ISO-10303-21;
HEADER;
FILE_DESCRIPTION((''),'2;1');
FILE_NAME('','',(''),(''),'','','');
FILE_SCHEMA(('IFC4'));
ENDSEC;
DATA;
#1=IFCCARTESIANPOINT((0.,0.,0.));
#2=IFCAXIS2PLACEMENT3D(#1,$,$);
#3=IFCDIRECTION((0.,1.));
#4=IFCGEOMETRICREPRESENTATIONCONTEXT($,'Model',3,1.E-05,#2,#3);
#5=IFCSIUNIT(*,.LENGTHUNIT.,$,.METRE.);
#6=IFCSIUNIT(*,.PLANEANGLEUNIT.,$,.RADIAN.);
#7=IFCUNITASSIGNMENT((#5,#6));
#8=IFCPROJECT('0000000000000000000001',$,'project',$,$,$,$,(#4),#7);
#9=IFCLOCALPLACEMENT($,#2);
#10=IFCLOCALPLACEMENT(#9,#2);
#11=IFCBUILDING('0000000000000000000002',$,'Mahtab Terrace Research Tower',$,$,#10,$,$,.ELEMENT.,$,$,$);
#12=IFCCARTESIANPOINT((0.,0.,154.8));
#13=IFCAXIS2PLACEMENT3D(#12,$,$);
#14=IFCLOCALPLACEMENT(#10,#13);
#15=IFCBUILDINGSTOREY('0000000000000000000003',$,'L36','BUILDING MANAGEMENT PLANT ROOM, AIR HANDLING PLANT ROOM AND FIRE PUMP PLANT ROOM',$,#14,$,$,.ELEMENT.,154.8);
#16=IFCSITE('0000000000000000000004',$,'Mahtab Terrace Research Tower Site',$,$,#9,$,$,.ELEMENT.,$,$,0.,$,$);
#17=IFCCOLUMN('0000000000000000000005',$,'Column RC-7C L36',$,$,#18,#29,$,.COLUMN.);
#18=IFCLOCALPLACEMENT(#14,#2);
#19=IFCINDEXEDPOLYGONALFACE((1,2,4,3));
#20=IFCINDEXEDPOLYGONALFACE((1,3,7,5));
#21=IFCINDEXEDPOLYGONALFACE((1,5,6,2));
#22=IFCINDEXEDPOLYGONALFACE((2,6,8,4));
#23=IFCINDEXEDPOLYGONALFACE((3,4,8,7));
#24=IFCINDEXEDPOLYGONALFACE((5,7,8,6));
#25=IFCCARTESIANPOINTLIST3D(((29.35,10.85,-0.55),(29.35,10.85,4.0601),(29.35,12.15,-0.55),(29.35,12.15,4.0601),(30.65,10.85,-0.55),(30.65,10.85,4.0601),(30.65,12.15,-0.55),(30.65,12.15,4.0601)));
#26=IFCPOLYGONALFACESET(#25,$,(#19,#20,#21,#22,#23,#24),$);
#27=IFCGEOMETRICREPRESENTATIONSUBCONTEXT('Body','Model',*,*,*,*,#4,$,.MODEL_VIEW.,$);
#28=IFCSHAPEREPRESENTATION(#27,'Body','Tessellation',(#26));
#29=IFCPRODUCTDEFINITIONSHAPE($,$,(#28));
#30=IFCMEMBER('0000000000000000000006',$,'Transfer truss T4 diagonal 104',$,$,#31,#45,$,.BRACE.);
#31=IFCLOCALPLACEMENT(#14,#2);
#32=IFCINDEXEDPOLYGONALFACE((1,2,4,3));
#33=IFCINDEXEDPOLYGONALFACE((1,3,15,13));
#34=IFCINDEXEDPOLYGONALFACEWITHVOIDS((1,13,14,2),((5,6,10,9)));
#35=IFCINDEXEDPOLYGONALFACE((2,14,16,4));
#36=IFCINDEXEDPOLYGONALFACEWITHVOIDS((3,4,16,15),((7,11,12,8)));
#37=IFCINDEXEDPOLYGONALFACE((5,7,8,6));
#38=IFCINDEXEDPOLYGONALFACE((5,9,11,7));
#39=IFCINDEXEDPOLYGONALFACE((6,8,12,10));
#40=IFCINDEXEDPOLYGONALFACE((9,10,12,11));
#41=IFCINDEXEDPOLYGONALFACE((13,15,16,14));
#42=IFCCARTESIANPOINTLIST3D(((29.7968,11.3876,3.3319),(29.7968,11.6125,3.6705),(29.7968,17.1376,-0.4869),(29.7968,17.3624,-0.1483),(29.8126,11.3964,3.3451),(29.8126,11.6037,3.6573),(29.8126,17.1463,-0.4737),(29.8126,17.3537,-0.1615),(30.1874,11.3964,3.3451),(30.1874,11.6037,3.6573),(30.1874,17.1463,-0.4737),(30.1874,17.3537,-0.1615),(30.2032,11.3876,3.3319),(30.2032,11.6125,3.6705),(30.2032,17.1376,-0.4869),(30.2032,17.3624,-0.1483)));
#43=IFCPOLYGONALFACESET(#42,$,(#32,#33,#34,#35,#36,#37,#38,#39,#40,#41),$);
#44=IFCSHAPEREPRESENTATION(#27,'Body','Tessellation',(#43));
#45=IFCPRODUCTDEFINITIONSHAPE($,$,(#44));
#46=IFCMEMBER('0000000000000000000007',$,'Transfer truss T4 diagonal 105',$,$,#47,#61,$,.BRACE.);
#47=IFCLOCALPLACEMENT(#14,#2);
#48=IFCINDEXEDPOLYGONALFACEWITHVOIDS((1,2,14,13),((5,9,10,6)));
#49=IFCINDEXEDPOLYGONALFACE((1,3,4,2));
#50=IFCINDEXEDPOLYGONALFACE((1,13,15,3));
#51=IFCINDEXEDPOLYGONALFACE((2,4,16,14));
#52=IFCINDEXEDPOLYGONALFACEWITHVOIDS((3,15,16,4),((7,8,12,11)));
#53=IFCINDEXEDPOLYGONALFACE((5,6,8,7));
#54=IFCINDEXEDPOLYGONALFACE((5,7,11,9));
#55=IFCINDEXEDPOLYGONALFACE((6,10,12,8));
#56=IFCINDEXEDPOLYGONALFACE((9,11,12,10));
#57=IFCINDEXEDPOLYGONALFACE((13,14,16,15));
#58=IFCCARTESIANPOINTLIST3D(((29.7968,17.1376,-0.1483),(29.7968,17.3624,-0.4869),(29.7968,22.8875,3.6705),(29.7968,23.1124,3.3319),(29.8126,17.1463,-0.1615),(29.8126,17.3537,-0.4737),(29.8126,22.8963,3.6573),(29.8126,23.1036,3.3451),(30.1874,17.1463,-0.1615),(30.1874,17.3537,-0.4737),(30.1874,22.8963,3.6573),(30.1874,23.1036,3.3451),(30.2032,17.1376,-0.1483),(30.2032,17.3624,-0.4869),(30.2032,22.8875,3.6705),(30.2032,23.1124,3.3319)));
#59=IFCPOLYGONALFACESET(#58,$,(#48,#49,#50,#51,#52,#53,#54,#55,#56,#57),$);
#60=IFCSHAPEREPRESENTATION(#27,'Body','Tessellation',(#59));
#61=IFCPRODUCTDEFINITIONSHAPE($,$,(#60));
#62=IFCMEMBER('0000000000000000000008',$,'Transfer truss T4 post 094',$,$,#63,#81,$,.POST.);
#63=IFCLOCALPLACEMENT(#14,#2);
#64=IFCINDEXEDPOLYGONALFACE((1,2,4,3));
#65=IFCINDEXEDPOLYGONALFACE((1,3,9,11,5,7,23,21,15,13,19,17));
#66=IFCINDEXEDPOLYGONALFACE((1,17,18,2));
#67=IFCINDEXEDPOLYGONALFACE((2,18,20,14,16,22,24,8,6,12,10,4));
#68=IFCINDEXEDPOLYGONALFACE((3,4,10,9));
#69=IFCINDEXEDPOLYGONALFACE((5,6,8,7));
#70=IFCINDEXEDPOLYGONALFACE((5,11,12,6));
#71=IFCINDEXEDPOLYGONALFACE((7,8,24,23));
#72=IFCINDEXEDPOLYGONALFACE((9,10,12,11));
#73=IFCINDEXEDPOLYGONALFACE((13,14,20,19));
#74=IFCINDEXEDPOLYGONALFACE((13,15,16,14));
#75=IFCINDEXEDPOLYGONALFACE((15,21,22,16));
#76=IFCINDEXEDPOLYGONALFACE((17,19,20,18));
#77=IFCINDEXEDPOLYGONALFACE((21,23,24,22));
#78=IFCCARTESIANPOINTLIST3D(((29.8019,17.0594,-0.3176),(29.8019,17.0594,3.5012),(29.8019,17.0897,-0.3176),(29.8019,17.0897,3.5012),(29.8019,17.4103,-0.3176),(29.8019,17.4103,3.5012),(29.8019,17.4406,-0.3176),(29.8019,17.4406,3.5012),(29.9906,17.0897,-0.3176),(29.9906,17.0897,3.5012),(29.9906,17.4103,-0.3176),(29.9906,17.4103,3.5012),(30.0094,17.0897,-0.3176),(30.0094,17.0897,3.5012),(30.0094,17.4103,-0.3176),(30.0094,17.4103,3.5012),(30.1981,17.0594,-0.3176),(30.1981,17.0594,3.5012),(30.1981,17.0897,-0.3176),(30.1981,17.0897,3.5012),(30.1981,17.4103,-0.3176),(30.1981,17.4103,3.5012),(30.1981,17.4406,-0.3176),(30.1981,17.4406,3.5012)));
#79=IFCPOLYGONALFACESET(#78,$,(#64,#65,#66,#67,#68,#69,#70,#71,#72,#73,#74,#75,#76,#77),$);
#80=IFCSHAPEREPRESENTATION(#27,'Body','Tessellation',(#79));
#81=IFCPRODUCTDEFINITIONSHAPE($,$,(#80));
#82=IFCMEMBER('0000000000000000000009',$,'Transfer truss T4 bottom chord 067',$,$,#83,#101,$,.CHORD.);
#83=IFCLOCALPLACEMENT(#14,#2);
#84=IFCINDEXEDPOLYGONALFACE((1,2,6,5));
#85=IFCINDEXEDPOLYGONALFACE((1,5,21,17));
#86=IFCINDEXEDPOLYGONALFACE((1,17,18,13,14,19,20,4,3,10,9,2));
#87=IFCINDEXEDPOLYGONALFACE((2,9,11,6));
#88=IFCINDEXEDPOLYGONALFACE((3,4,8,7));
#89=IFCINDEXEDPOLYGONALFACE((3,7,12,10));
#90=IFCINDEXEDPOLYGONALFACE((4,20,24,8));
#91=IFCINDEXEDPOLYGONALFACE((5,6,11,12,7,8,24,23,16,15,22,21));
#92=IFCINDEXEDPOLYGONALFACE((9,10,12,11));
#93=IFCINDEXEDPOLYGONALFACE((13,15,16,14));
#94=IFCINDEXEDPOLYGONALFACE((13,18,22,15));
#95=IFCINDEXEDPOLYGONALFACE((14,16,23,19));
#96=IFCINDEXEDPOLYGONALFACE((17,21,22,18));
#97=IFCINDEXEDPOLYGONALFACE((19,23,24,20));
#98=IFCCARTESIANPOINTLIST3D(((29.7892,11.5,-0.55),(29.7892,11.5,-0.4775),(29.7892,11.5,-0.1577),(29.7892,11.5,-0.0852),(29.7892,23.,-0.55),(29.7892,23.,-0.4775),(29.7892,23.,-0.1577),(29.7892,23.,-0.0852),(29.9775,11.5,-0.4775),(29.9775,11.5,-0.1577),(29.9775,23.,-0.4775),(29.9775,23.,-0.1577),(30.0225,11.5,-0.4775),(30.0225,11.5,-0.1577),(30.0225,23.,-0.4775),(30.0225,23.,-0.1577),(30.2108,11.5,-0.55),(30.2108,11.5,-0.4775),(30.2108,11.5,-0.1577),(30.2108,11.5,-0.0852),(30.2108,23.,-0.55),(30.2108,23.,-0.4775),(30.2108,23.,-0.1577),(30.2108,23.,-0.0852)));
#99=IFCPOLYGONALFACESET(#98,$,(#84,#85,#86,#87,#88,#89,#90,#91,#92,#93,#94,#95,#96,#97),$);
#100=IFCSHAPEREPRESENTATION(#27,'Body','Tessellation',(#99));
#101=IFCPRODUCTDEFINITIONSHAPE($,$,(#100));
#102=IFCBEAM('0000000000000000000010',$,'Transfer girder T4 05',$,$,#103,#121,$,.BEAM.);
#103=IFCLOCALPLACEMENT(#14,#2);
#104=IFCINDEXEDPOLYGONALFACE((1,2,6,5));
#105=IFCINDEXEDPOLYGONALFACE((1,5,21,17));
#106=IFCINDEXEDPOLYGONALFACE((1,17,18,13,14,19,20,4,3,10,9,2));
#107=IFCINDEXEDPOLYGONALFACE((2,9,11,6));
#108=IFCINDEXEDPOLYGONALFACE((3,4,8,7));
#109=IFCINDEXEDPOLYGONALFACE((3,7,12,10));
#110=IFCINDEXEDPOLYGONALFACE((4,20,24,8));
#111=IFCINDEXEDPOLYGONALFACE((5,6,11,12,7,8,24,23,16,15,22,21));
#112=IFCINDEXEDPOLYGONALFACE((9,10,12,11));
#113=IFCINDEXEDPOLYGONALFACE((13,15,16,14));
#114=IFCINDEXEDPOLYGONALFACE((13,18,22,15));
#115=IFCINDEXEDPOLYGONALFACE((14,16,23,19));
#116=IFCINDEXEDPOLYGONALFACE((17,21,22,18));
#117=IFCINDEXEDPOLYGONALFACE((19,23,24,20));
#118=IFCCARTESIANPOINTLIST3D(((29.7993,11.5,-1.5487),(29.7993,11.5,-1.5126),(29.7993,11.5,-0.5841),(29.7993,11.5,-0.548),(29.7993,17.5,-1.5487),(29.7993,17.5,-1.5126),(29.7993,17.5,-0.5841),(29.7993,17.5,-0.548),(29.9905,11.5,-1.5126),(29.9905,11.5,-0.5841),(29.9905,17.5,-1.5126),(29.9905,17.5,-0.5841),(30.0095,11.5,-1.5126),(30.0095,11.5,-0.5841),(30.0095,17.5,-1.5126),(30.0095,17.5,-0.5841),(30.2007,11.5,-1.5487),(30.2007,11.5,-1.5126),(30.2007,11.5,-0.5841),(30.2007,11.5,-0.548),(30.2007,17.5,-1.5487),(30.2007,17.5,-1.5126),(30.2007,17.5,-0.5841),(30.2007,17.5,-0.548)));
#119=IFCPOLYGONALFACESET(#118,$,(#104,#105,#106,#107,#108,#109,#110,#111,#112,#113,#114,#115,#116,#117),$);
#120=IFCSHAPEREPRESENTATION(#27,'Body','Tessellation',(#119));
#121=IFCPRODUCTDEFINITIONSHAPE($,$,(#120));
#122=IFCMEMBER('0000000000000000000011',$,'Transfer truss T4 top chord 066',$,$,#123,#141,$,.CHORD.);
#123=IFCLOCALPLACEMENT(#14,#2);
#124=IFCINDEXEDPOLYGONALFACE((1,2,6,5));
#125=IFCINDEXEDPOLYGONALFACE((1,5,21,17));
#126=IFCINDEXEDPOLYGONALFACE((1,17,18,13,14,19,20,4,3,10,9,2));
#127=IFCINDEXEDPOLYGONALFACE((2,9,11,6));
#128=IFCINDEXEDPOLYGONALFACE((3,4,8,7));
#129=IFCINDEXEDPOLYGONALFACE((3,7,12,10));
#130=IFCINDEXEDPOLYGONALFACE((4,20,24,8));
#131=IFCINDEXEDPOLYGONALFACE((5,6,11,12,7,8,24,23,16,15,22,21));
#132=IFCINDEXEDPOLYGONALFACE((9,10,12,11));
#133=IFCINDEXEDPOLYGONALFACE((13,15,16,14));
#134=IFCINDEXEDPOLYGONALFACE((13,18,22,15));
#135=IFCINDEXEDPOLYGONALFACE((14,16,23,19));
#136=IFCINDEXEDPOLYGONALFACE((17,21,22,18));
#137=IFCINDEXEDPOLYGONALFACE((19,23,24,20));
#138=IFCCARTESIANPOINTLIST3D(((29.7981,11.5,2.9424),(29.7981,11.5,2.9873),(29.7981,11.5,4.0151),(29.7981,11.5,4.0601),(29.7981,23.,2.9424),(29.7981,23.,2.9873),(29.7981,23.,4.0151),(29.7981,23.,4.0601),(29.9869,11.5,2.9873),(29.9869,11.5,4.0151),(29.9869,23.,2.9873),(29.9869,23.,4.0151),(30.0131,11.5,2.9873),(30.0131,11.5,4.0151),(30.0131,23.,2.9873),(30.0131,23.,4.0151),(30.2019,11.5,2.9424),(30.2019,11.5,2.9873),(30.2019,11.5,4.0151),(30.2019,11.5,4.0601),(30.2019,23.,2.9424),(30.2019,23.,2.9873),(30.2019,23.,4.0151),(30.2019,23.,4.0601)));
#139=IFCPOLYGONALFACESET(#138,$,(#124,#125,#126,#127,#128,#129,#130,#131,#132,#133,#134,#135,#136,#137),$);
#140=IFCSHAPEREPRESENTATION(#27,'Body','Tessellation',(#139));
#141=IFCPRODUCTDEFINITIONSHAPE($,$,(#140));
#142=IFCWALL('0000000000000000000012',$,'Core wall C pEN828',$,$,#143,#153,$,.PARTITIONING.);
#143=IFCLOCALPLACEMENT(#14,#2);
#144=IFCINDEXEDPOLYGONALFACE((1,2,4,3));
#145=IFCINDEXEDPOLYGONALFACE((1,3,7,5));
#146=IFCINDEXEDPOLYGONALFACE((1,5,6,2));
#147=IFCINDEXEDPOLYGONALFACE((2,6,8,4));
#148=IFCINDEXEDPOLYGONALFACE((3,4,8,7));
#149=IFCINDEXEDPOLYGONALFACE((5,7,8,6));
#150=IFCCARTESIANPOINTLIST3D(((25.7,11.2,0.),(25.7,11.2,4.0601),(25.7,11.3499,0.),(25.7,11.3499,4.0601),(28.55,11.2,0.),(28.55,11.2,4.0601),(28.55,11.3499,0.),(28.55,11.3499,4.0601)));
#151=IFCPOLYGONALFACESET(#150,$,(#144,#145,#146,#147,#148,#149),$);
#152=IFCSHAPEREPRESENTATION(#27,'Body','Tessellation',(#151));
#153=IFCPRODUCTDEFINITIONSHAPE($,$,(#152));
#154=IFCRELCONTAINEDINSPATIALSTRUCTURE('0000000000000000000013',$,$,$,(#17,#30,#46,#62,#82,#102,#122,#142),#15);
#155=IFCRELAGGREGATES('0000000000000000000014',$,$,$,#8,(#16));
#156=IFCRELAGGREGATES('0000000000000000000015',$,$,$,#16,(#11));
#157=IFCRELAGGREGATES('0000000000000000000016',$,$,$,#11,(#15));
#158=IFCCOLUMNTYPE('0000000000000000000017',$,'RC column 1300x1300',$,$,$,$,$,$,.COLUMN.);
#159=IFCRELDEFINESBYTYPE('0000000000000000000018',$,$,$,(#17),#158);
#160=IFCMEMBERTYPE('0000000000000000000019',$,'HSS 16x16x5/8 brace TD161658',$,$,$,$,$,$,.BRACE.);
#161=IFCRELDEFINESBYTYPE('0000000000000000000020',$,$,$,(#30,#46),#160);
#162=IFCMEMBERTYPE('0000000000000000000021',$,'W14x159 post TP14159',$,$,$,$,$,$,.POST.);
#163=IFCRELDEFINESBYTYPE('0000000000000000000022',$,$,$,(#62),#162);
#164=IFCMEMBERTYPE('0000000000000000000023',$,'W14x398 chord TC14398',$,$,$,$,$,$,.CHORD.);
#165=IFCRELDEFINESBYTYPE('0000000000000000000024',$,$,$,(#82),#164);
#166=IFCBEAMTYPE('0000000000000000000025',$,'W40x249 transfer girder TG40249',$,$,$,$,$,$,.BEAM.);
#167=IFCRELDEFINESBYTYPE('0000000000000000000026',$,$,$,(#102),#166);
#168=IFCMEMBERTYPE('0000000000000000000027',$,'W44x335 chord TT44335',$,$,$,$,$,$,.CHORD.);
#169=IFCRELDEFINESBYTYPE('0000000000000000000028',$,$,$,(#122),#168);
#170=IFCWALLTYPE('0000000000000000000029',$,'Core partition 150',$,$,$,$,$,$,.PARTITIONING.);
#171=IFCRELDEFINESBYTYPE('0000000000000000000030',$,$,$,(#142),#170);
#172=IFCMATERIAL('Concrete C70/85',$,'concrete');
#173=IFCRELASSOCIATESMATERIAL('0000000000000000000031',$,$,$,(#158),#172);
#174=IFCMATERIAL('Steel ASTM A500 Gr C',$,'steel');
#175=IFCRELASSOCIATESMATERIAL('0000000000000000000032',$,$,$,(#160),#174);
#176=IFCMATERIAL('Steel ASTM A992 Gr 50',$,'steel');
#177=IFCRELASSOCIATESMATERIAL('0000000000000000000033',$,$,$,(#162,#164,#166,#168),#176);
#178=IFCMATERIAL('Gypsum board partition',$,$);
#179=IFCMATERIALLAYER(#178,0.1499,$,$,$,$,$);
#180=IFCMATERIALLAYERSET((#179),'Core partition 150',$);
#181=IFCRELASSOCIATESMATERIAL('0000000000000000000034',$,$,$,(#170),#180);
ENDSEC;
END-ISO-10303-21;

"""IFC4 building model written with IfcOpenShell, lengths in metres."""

from ifc_helpers import new_model, si_unit, direction, frame, frame_2d, origin, origin_2d, place, context, subcontext, project, spatial, rectangle, hollow_rectangle, i_section, extrude, material, layer, layer_set, material_profile, profile_set, type_object, element, save


model = new_model("IFC4")

# Units and contexts
model_context = context("Model", 3, precision=1e-05, world=origin(), true_north=direction((0.0, 1.0)))
body_context = subcontext(model_context, "Body", "Model", "MODEL_VIEW")
ifc_project = project(units=[si_unit("LENGTHUNIT", "METRE"), si_unit("PLANEANGLEUNIT", "RADIAN")], contexts=[model_context])

# Site, building, storey
site_placement = place(None, origin())
site = spatial("IfcSite", under=ifc_project, at=site_placement, Name="Mahtab Terrace Research Tower Site", CompositionType="ELEMENT", RefElevation=0.0)
building_placement = place(site_placement, origin())
building = spatial("IfcBuilding", under=site, at=building_placement, Name="Mahtab Terrace Research Tower", CompositionType="ELEMENT")
storey_placement = place(building_placement, frame((0.0, 0.0, 154.8)))
storey = spatial("IfcBuildingStorey", under=building, at=storey_placement, Name="L36", Description="BUILDING MANAGEMENT PLANT ROOM, AIR HANDLING PLANT ROOM AND FIRE PUMP PLANT ROOM", CompositionType="ELEMENT", Elevation=154.8)

# Column
ifc_material_1 = material(Name="Concrete C70/85", Category="concrete")
ifc_material_profile_1 = material_profile(ifc_material_1, rectangle(XDim=1.3, YDim=1.3, at=origin_2d()), Name="RC column 1300x1300")
ifc_profile_set_1 = profile_set([ifc_material_profile_1], Name="Concrete C70/85")
column_type = type_object("IfcColumnType", Name="RC column 1300x1300", PredefinedType="COLUMN", material=ifc_profile_set_1)
column_placement = place(storey_placement, frame((30.0, 11.5, -0.55), z_axis=(0.0, 0.0, 1.0), x_axis=(1.0, 0.0, 0.0)))
element("IfcColumn", 1, at=column_placement, inside=storey, type_object=column_type, Name="Column RC-7C L36", PredefinedType="COLUMN", context=body_context, shape_type="SweptSolid", body=[
    extrude(rectangle(XDim=1.3, YDim=1.3, at=origin_2d()), origin(), (0.0, 0.0, 1.0), 4.6101),
])

# Members
ifc_material_2 = material(Name="Steel ASTM A500 Gr C", Category="steel")
ifc_material_profile_2 = material_profile(ifc_material_2, hollow_rectangle(XDim=0.4065, YDim=0.4065, WallThickness=0.0159, at=origin_2d()), Name="HSS16X16X5/8")
ifc_profile_set_2 = profile_set([ifc_material_profile_2], Name="Steel ASTM A500 Gr C")
member_type_1 = type_object("IfcMemberType", Name="HSS 16x16x5/8 brace TD161658", PredefinedType="BRACE", material=ifc_profile_set_2)
for number, where, z_axis, x_axis, name in (
    (2, (30.0, 17.25, -0.3176), (0.0, -0.833018, 0.553246), (1.0, 0.0, 0.0), "Transfer truss T4 diagonal 104"),
    (3, (30.0, 17.25, -0.3176), (0.0, 0.833018, 0.553246), (-1.0, 0.0, 0.0), "Transfer truss T4 diagonal 105"),
):
    element("IfcMember", number, at=place(storey_placement, frame(where, z_axis=z_axis, x_axis=x_axis)), inside=storey, type_object=member_type_1, Name=name, PredefinedType="BRACE", context=body_context, shape_type="SweptSolid", body=[
        extrude(hollow_rectangle(XDim=0.4065, YDim=0.4065, WallThickness=0.0159, at=origin_2d()), origin(), (0.0, 0.0, 1.0), 6.9026),
    ])
ifc_material_3 = material(Name="Steel ASTM A992 Gr 50", Category="steel")
ifc_material_profile_3 = material_profile(ifc_material_3, i_section(OverallWidth=0.3962, OverallDepth=0.3811, WebThickness=0.0188, FlangeThickness=0.0303, at=origin_2d()), Name="W14X159")
ifc_profile_set_3 = profile_set([ifc_material_profile_3], Name="Steel ASTM A992 Gr 50")
member_type_2 = type_object("IfcMemberType", Name="W14x159 post TP14159", PredefinedType="POST", material=ifc_profile_set_3)
member_1_placement = place(storey_placement, frame((30.0, 17.25, -0.3176), z_axis=(0.0, 0.0, 1.0), x_axis=(1.0, 0.0, 0.0)))
element("IfcMember", 4, at=member_1_placement, inside=storey, type_object=member_type_2, Name="Transfer truss T4 post 094", PredefinedType="POST", context=body_context, shape_type="SweptSolid", body=[
    extrude(i_section(OverallWidth=0.3962, OverallDepth=0.3811, WebThickness=0.0188, FlangeThickness=0.0303, at=origin_2d()), origin(), (0.0, 0.0, 1.0), 3.8188),
])
ifc_material_profile_4 = material_profile(ifc_material_3, i_section(OverallWidth=0.4216, OverallDepth=0.4648, WebThickness=0.0449, FlangeThickness=0.0725, at=origin_2d()), Name="W14X398")
ifc_profile_set_4 = profile_set([ifc_material_profile_4], Name="Steel ASTM A992 Gr 50")
member_type_3 = type_object("IfcMemberType", Name="W14x398 chord TC14398", PredefinedType="CHORD", material=ifc_profile_set_4)
member_2_placement = place(storey_placement, frame((30.0, 11.5, -0.3176), z_axis=(0.0, 1.0, 0.0), x_axis=(-1.0, 0.0, 0.0)))
element("IfcMember", 5, at=member_2_placement, inside=storey, type_object=member_type_3, Name="Transfer truss T4 bottom chord 067", PredefinedType="CHORD", context=body_context, shape_type="SweptSolid", body=[
    extrude(i_section(OverallWidth=0.4216, OverallDepth=0.4648, WebThickness=0.0449, FlangeThickness=0.0725, at=origin_2d()), origin(), (0.0, 0.0, 1.0), 11.5),
])

# Beam
ifc_material_profile_5 = material_profile(ifc_material_3, i_section(OverallWidth=0.4014, OverallDepth=1.0007, WebThickness=0.019, FlangeThickness=0.0361, at=origin_2d()), Name="W40X249")
ifc_profile_set_5 = profile_set([ifc_material_profile_5], Name="Steel ASTM A992 Gr 50")
beam_type = type_object("IfcBeamType", Name="W40x249 transfer girder TG40249", PredefinedType="BEAM", material=ifc_profile_set_5)
beam_placement = place(storey_placement, frame((30.0, 11.5, -1.0483), z_axis=(0.0, 1.0, 0.0), x_axis=(-1.0, 0.0, 0.0)))
element("IfcBeam", 6, at=beam_placement, inside=storey, type_object=beam_type, Name="Transfer girder T4 05", PredefinedType="BEAM", context=body_context, shape_type="SweptSolid", body=[
    extrude(i_section(OverallWidth=0.4014, OverallDepth=1.0007, WebThickness=0.019, FlangeThickness=0.0361, at=origin_2d()), origin(), (0.0, 0.0, 1.0), 6.0),
])

# Member
ifc_material_profile_6 = material_profile(ifc_material_3, i_section(OverallWidth=0.4038, OverallDepth=1.1177, WebThickness=0.0261, FlangeThickness=0.0449, at=origin_2d()), Name="W44X335")
ifc_profile_set_6 = profile_set([ifc_material_profile_6], Name="Steel ASTM A992 Gr 50")
member_type_4 = type_object("IfcMemberType", Name="W44x335 chord TT44335", PredefinedType="CHORD", material=ifc_profile_set_6)
member_3_placement = place(storey_placement, frame((30.0, 11.5, 3.5012), z_axis=(0.0, 1.0, 0.0), x_axis=(-1.0, 0.0, 0.0)))
element("IfcMember", 7, at=member_3_placement, inside=storey, type_object=member_type_4, Name="Transfer truss T4 top chord 066", PredefinedType="CHORD", context=body_context, shape_type="SweptSolid", body=[
    extrude(i_section(OverallWidth=0.4038, OverallDepth=1.1177, WebThickness=0.0261, FlangeThickness=0.0449, at=origin_2d()), origin(), (0.0, 0.0, 1.0), 11.5),
])

# Wall
ifc_material_4 = material(Name="Gypsum board partition")
ifc_layer_1 = layer(ifc_material_4, 0.1499)
ifc_layer_set_1 = layer_set([ifc_layer_1], Name="Core partition 150")
wall_type_1 = type_object("IfcWallType", Name="Core partition 150", PredefinedType="PARTITIONING", material=ifc_layer_set_1)
wall_1_placement = place(storey_placement, frame((25.7, 11.2749, 0.0), z_axis=(0.0, 0.0, 1.0), x_axis=(1.0, 0.0, 0.0)))
element("IfcWall", 8, at=wall_1_placement, inside=storey, type_object=wall_type_1, Name="Core wall C pEN828", PredefinedType="PARTITIONING", context=body_context, shape_type="SweptSolid", body=[
    extrude(rectangle(XDim=2.8501, YDim=0.1499, at=frame_2d((1.425, 0.0))), origin(), (0.0, 0.0, 1.0), 4.0601),
])

save(model, "model.ifc")
